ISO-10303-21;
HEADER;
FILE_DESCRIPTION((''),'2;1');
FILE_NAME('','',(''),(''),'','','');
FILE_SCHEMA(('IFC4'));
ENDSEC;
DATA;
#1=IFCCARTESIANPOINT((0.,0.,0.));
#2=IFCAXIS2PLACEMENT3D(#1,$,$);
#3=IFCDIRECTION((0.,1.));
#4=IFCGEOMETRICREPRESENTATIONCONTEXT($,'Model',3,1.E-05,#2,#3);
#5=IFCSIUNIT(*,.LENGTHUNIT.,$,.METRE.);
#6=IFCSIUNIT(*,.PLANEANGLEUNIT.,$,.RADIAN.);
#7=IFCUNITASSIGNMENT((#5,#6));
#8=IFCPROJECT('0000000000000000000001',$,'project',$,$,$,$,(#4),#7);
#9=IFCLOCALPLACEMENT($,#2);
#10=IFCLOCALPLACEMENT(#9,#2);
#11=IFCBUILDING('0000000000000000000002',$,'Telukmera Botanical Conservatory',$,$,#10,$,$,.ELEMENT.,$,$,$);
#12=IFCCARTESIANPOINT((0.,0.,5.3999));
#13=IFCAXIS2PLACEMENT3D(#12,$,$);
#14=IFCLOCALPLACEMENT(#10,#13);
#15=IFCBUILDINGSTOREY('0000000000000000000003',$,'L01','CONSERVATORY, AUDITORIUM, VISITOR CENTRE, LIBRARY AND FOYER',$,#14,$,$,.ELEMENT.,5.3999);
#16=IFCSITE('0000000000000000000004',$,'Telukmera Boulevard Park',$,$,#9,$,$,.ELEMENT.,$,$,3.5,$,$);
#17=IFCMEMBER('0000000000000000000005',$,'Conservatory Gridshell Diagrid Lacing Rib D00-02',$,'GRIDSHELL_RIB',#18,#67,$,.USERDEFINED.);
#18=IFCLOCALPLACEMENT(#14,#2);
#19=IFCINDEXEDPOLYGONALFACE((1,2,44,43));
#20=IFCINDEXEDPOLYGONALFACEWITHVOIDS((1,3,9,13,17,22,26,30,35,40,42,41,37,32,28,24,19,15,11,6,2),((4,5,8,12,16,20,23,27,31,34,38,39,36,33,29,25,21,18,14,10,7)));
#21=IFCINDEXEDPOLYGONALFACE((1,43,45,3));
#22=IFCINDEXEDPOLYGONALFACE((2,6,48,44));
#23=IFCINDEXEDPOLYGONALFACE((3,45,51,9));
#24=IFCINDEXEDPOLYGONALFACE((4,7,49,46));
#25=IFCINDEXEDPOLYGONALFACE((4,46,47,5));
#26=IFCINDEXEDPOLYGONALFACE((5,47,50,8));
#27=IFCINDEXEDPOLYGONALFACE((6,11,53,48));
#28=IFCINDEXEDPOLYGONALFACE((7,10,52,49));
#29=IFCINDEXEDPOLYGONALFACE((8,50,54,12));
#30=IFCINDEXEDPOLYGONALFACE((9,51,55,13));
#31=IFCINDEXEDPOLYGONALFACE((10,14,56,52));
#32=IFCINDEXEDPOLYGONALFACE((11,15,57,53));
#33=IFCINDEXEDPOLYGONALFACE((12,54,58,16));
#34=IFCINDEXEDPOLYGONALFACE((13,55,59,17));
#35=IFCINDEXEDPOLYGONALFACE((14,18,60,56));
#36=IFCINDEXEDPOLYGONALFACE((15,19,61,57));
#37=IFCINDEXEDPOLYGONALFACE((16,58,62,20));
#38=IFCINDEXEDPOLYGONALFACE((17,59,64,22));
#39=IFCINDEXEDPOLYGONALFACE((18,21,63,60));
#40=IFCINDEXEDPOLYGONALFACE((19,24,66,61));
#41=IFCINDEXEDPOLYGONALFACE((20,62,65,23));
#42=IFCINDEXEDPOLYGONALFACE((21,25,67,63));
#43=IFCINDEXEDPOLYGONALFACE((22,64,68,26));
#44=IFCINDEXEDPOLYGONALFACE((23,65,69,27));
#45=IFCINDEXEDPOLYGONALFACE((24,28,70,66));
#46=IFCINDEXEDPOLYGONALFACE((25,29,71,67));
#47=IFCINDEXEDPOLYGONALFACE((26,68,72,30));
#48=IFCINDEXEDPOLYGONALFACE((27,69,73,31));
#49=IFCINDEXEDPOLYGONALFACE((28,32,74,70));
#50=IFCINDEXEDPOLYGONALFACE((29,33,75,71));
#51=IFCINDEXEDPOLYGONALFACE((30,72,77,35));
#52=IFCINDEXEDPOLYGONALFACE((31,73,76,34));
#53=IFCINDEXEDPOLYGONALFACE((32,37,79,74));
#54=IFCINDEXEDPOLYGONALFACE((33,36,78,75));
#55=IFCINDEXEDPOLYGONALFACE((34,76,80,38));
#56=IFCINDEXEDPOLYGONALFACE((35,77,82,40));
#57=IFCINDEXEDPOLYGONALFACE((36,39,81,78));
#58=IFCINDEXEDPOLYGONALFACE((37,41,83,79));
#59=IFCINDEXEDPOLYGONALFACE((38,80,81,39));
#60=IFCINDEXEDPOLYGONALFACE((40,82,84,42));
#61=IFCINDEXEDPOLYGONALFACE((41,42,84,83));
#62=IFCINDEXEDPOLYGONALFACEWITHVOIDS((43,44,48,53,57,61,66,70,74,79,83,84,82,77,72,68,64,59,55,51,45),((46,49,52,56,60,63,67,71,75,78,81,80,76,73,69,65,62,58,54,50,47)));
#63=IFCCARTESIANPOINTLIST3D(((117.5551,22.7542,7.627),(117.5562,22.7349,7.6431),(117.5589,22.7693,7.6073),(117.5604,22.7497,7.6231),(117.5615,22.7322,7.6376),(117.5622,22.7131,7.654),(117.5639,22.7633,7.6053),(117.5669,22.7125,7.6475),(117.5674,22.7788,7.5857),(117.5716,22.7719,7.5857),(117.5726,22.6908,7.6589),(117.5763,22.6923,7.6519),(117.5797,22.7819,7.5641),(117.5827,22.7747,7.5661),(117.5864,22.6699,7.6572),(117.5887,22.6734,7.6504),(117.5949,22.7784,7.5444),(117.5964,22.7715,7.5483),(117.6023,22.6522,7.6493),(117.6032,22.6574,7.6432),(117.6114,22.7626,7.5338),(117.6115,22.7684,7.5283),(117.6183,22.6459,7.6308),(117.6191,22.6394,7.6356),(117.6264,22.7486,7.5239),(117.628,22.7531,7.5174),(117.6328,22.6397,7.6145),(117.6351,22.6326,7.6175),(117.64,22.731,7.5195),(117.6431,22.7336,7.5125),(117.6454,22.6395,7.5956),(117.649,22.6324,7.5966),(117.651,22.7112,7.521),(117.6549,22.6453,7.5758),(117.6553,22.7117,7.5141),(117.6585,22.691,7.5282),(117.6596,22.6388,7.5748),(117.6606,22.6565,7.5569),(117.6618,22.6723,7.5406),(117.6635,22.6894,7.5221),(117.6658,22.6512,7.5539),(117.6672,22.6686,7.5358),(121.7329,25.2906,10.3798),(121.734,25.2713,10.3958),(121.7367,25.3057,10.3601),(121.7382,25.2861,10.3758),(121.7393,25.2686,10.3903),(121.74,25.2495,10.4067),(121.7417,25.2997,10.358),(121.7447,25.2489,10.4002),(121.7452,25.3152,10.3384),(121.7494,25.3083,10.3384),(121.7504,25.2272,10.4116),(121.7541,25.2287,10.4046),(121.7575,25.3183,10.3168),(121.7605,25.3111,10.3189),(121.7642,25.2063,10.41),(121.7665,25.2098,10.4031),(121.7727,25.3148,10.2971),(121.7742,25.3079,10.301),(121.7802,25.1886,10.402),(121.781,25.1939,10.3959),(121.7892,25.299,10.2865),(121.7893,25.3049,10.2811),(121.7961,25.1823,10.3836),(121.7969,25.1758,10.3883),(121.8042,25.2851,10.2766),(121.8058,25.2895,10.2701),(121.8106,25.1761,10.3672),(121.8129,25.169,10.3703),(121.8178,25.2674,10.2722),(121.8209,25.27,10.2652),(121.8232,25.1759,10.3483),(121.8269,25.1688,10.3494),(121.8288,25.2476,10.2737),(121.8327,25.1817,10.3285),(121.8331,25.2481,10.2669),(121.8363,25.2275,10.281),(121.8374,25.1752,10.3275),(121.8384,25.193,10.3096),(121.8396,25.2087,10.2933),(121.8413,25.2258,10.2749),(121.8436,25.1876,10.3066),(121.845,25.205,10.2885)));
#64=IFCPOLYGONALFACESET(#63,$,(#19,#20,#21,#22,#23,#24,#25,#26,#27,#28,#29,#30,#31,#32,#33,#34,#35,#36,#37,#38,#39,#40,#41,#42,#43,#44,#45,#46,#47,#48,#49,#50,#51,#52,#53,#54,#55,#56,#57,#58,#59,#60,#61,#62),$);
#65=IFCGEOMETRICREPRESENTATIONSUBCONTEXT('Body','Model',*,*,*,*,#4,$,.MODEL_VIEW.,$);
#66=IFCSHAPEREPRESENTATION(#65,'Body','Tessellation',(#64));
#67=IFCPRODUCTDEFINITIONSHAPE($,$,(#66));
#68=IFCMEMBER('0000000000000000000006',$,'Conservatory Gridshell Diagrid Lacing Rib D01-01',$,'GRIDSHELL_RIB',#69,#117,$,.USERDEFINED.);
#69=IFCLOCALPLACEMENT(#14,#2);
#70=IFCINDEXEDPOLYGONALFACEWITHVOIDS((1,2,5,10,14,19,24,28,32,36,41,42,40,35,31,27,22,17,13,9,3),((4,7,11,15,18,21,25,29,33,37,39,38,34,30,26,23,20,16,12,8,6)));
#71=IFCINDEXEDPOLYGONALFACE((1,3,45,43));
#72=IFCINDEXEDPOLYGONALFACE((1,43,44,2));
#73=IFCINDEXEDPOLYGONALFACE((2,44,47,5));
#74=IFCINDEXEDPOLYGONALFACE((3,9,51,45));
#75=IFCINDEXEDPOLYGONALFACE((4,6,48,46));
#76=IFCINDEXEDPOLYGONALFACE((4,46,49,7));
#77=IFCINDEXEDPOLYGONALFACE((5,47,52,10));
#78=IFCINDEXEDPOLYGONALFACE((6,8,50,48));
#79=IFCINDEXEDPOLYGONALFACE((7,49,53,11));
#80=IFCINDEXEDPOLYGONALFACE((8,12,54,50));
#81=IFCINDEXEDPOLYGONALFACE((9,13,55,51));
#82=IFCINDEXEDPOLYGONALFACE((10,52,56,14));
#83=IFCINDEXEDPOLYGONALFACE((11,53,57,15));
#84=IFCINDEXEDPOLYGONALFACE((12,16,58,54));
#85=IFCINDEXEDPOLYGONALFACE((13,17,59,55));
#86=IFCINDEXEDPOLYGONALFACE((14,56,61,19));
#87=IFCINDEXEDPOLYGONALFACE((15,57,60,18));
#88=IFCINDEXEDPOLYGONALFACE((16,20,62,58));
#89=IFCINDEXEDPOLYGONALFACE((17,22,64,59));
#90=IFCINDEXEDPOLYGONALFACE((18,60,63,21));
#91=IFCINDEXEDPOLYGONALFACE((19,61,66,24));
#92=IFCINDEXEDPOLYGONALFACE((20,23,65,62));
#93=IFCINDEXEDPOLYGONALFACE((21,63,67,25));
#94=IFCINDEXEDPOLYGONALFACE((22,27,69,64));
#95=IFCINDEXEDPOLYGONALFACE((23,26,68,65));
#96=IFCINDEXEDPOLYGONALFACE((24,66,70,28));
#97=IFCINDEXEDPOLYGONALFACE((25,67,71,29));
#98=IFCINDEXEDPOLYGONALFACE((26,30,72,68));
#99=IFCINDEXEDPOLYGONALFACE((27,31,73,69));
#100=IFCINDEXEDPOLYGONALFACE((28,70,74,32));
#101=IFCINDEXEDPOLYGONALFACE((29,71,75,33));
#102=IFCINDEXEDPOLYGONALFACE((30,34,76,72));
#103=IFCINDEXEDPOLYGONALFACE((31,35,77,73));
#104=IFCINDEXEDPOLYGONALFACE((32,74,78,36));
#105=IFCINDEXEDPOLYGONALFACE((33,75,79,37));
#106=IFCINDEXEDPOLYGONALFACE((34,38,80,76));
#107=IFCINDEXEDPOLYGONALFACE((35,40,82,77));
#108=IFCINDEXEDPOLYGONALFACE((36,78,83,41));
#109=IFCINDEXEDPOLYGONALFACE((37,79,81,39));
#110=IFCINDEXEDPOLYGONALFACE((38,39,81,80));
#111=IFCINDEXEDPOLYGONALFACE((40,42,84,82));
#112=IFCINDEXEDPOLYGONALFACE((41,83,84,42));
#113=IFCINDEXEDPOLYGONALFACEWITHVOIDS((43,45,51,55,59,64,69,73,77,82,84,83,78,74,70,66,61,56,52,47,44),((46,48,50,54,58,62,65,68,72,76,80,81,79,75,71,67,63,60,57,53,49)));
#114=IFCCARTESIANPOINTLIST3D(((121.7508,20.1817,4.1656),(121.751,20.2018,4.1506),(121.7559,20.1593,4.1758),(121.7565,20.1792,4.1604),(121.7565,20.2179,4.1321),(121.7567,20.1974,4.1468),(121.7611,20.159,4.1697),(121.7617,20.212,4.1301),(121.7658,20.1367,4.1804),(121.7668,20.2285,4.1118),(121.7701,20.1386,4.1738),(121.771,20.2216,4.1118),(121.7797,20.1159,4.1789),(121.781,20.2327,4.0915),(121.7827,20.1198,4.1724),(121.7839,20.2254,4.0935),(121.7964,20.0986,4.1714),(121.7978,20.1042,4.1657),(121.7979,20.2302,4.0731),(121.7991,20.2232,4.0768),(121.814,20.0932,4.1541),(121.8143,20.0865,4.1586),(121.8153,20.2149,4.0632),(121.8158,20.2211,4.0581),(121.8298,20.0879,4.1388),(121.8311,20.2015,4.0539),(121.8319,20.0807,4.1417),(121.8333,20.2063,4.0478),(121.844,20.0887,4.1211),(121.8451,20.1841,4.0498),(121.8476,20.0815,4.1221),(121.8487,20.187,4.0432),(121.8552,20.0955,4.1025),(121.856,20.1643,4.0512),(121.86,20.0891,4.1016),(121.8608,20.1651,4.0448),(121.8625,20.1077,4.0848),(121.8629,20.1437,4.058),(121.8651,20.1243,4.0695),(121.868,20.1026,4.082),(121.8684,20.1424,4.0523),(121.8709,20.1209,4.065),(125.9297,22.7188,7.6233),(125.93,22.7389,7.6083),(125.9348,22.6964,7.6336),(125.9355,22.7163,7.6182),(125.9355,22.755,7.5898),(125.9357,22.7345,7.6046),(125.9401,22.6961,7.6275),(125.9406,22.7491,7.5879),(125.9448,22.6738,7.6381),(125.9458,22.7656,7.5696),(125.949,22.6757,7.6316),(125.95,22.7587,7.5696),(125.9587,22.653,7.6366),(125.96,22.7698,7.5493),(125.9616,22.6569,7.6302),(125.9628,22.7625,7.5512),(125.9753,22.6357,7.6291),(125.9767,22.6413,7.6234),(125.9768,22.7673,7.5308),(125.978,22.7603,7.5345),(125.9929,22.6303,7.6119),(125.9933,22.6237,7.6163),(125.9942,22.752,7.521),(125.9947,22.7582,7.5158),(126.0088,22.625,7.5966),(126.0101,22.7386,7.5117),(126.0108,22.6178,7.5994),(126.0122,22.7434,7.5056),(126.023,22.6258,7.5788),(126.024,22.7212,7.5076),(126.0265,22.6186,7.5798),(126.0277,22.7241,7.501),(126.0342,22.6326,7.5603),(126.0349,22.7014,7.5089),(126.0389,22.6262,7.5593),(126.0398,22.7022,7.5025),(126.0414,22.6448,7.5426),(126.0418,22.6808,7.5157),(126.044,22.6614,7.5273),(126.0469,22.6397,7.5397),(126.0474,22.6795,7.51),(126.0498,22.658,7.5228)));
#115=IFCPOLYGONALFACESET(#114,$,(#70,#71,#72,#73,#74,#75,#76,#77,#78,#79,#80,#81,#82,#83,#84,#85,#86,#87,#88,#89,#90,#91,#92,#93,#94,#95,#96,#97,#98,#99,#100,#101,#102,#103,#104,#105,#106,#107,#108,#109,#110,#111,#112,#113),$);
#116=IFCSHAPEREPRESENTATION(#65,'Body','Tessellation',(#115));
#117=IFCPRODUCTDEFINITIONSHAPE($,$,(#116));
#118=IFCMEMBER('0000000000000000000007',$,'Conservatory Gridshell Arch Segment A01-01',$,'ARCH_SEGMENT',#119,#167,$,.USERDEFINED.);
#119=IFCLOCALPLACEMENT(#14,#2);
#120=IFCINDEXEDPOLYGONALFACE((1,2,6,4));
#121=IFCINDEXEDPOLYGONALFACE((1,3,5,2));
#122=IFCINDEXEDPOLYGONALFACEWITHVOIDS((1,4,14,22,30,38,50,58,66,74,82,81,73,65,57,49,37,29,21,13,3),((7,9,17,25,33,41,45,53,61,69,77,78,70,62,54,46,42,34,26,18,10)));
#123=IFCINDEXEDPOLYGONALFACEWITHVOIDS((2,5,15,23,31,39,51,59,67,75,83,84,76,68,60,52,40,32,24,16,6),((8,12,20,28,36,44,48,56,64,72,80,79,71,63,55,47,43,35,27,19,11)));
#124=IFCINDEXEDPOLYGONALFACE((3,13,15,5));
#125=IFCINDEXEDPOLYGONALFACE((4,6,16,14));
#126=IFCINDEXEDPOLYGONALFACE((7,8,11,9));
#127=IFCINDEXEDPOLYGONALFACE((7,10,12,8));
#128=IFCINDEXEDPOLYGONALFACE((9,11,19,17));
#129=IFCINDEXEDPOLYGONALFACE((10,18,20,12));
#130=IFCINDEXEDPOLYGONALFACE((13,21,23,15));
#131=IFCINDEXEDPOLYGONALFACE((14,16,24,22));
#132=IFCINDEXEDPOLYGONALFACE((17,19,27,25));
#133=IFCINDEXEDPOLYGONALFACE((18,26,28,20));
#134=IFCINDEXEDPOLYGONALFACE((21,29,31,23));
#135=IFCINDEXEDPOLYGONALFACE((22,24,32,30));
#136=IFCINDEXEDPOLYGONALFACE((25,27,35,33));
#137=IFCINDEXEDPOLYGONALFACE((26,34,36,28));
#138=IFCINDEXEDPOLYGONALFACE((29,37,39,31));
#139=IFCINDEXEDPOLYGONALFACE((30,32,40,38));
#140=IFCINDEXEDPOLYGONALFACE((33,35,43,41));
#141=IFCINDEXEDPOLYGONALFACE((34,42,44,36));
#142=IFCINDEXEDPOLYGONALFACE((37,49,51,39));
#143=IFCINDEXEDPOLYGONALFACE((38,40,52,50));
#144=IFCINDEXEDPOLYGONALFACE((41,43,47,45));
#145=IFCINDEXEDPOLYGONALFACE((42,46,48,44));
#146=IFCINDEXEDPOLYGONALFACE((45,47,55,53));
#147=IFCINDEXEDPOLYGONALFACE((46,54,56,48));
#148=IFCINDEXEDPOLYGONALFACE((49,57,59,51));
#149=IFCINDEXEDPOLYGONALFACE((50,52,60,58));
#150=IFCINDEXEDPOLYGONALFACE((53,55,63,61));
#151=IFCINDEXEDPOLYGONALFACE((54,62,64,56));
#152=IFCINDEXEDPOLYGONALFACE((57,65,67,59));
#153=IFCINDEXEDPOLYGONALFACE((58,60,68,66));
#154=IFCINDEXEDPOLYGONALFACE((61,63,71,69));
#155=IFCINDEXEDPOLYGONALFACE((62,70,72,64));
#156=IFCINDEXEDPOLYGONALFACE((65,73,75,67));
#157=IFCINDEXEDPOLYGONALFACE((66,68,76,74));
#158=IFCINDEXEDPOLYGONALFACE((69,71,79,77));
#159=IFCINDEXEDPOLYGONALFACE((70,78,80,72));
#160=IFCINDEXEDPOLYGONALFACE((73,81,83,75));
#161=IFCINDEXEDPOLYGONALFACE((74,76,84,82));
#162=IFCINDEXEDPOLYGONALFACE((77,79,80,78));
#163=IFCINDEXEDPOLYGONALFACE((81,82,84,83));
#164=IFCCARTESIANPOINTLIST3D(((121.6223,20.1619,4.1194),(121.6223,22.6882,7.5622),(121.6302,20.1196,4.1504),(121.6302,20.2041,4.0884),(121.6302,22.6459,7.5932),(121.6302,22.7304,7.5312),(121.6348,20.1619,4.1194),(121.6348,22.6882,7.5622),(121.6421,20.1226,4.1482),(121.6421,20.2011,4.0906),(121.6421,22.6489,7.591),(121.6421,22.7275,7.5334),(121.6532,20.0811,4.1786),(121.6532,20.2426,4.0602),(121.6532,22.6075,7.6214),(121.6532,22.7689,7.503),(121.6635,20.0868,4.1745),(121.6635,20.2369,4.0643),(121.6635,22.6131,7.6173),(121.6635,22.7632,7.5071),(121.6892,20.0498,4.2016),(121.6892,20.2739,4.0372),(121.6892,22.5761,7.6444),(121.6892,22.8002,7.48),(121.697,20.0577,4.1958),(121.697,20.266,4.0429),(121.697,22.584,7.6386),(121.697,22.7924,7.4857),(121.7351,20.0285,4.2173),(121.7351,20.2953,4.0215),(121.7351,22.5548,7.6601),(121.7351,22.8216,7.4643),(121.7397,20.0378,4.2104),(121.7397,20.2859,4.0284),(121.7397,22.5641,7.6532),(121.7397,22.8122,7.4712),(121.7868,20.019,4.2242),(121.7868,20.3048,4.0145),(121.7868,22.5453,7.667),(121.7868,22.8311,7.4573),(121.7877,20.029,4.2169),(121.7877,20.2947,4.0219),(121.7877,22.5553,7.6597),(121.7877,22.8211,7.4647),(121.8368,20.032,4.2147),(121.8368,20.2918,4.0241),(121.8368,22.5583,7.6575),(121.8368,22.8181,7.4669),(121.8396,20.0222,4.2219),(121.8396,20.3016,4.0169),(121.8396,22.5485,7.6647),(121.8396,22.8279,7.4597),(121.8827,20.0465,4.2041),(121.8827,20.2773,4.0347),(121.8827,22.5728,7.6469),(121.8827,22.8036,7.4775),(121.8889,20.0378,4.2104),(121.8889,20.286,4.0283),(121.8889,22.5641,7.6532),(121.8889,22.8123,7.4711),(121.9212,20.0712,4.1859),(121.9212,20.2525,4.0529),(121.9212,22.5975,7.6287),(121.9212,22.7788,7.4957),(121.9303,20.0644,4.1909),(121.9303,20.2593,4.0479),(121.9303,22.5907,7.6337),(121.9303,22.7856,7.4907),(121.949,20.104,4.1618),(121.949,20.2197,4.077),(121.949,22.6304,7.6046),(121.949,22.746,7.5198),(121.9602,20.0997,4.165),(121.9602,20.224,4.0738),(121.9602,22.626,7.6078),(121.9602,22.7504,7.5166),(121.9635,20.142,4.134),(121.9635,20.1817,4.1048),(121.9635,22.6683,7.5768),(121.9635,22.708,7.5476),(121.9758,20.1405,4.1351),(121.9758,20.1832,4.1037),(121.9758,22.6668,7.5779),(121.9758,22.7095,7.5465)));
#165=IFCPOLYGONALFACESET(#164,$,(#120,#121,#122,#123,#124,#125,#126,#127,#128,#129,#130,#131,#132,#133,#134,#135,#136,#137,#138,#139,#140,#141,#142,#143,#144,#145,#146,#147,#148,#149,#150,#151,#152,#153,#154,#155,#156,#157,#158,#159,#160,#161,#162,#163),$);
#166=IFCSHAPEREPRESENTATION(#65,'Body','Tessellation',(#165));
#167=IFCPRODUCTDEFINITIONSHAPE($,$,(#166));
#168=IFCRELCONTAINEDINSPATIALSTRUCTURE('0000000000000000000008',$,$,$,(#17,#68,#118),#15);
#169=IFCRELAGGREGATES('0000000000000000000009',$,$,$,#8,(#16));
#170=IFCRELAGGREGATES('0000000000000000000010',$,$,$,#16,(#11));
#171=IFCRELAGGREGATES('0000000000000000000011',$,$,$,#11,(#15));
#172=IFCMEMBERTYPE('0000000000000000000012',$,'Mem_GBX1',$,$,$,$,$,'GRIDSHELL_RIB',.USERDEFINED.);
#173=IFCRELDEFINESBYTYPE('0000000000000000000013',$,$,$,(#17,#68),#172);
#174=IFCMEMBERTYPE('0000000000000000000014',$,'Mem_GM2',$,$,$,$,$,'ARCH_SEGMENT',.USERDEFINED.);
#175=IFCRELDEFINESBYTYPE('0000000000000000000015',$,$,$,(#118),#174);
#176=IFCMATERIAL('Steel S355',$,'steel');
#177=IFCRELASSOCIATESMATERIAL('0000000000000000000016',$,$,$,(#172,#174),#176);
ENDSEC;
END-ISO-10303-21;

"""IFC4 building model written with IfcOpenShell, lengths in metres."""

from ifc_helpers import new_model, si_unit, direction, frame, origin, origin_2d, place, context, subcontext, project, spatial, hollow_circle, extrude, material, material_profile, profile_set, type_object, element, save


model = new_model("IFC4")

# Units and contexts
model_context = context("Model", 3, precision=1e-05, world=origin(), true_north=direction((0.0, 1.0)))
body_context = subcontext(model_context, "Body", "Model", "MODEL_VIEW")
ifc_project = project(units=[si_unit("LENGTHUNIT", "METRE"), si_unit("PLANEANGLEUNIT", "RADIAN")], contexts=[model_context])

# Site, building, storey
site_placement = place(None, origin())
site = spatial("IfcSite", under=ifc_project, at=site_placement, Name="Telukmera Boulevard Park", CompositionType="ELEMENT", RefElevation=3.5)
building_placement = place(site_placement, origin())
building = spatial("IfcBuilding", under=site, at=building_placement, Name="Telukmera Botanical Conservatory", CompositionType="ELEMENT")
storey_placement = place(building_placement, frame((0.0, 0.0, 5.3999)))
storey = spatial("IfcBuildingStorey", under=building, at=storey_placement, Name="L01", Description="CONSERVATORY, AUDITORIUM, VISITOR CENTRE, LIBRARY AND FOYER", CompositionType="ELEMENT", Elevation=5.3999)

# Shared definitions
ifc_material_1 = material(Name="Steel S355", Category="steel")

# Members
ifc_material_profile_1 = material_profile(ifc_material_1, hollow_circle(Radius=0.0842, WallThickness=0.0081, at=origin_2d()), Name="CHS 168.3x8.0")
ifc_profile_set_1 = profile_set([ifc_material_profile_1], Name="Steel S355")
member_type_1 = type_object("IfcMemberType", Name="Mem_GBX1", ElementType="GRIDSHELL_RIB", PredefinedType="USERDEFINED", material=ifc_profile_set_1)
member_1_placement = place(storey_placement, frame((117.6111, 22.7068, 7.5857), z_axis=(0.744791, 0.452176, 0.490738), x_axis=(-0.518962, 0.854797, 0.0)))
element("IfcMember", 1, at=member_1_placement, inside=storey, type_object=member_type_1, Name="Conservatory Gridshell Diagrid Lacing Rib D00-02", ObjectType="GRIDSHELL_RIB", PredefinedType="USERDEFINED", context=body_context, shape_type="SweptSolid", body=[
    extrude(hollow_circle(Radius=0.0842, WallThickness=0.0081, at=origin_2d()), origin(), (0.0, 0.0, 1.0), 5.6094),
])
member_2_placement = place(storey_placement, frame((121.8105, 20.1565, 4.1118), z_axis=(0.697883, 0.423696, 0.577444), x_axis=(-0.518961, 0.854798, 0.0)))
element("IfcMember", 2, at=member_2_placement, inside=storey, type_object=member_type_1, Name="Conservatory Gridshell Diagrid Lacing Rib D01-01", ObjectType="GRIDSHELL_RIB", PredefinedType="USERDEFINED", context=body_context, shape_type="SweptSolid", body=[
    extrude(hollow_circle(Radius=0.0842, WallThickness=0.0081, at=origin_2d()), origin(), (0.0, 0.0, 1.0), 5.988),
])
ifc_material_profile_2 = material_profile(ifc_material_1, hollow_circle(Radius=0.1777, WallThickness=0.0125, at=origin_2d()), Name="CHS 355.6x12.5")
ifc_profile_set_2 = profile_set([ifc_material_profile_2], Name="Steel S355")
member_type_2 = type_object("IfcMemberType", Name="Mem_GM2", ElementType="ARCH_SEGMENT", PredefinedType="USERDEFINED", material=ifc_profile_set_2)
member_3_placement = place(storey_placement, frame((121.8, 20.1619, 4.1194), z_axis=(0.0, 0.591607, 0.806227), x_axis=(-1.0, 0.0, 0.0)))
element("IfcMember", 3, at=member_3_placement, inside=storey, type_object=member_type_2, Name="Conservatory Gridshell Arch Segment A01-01", ObjectType="ARCH_SEGMENT", PredefinedType="USERDEFINED", context=body_context, shape_type="SweptSolid", body=[
    extrude(hollow_circle(Radius=0.1777, WallThickness=0.0125, at=origin_2d()), origin(), (0.0, 0.0, 1.0), 4.2703),
])

save(model, "model.ifc")
